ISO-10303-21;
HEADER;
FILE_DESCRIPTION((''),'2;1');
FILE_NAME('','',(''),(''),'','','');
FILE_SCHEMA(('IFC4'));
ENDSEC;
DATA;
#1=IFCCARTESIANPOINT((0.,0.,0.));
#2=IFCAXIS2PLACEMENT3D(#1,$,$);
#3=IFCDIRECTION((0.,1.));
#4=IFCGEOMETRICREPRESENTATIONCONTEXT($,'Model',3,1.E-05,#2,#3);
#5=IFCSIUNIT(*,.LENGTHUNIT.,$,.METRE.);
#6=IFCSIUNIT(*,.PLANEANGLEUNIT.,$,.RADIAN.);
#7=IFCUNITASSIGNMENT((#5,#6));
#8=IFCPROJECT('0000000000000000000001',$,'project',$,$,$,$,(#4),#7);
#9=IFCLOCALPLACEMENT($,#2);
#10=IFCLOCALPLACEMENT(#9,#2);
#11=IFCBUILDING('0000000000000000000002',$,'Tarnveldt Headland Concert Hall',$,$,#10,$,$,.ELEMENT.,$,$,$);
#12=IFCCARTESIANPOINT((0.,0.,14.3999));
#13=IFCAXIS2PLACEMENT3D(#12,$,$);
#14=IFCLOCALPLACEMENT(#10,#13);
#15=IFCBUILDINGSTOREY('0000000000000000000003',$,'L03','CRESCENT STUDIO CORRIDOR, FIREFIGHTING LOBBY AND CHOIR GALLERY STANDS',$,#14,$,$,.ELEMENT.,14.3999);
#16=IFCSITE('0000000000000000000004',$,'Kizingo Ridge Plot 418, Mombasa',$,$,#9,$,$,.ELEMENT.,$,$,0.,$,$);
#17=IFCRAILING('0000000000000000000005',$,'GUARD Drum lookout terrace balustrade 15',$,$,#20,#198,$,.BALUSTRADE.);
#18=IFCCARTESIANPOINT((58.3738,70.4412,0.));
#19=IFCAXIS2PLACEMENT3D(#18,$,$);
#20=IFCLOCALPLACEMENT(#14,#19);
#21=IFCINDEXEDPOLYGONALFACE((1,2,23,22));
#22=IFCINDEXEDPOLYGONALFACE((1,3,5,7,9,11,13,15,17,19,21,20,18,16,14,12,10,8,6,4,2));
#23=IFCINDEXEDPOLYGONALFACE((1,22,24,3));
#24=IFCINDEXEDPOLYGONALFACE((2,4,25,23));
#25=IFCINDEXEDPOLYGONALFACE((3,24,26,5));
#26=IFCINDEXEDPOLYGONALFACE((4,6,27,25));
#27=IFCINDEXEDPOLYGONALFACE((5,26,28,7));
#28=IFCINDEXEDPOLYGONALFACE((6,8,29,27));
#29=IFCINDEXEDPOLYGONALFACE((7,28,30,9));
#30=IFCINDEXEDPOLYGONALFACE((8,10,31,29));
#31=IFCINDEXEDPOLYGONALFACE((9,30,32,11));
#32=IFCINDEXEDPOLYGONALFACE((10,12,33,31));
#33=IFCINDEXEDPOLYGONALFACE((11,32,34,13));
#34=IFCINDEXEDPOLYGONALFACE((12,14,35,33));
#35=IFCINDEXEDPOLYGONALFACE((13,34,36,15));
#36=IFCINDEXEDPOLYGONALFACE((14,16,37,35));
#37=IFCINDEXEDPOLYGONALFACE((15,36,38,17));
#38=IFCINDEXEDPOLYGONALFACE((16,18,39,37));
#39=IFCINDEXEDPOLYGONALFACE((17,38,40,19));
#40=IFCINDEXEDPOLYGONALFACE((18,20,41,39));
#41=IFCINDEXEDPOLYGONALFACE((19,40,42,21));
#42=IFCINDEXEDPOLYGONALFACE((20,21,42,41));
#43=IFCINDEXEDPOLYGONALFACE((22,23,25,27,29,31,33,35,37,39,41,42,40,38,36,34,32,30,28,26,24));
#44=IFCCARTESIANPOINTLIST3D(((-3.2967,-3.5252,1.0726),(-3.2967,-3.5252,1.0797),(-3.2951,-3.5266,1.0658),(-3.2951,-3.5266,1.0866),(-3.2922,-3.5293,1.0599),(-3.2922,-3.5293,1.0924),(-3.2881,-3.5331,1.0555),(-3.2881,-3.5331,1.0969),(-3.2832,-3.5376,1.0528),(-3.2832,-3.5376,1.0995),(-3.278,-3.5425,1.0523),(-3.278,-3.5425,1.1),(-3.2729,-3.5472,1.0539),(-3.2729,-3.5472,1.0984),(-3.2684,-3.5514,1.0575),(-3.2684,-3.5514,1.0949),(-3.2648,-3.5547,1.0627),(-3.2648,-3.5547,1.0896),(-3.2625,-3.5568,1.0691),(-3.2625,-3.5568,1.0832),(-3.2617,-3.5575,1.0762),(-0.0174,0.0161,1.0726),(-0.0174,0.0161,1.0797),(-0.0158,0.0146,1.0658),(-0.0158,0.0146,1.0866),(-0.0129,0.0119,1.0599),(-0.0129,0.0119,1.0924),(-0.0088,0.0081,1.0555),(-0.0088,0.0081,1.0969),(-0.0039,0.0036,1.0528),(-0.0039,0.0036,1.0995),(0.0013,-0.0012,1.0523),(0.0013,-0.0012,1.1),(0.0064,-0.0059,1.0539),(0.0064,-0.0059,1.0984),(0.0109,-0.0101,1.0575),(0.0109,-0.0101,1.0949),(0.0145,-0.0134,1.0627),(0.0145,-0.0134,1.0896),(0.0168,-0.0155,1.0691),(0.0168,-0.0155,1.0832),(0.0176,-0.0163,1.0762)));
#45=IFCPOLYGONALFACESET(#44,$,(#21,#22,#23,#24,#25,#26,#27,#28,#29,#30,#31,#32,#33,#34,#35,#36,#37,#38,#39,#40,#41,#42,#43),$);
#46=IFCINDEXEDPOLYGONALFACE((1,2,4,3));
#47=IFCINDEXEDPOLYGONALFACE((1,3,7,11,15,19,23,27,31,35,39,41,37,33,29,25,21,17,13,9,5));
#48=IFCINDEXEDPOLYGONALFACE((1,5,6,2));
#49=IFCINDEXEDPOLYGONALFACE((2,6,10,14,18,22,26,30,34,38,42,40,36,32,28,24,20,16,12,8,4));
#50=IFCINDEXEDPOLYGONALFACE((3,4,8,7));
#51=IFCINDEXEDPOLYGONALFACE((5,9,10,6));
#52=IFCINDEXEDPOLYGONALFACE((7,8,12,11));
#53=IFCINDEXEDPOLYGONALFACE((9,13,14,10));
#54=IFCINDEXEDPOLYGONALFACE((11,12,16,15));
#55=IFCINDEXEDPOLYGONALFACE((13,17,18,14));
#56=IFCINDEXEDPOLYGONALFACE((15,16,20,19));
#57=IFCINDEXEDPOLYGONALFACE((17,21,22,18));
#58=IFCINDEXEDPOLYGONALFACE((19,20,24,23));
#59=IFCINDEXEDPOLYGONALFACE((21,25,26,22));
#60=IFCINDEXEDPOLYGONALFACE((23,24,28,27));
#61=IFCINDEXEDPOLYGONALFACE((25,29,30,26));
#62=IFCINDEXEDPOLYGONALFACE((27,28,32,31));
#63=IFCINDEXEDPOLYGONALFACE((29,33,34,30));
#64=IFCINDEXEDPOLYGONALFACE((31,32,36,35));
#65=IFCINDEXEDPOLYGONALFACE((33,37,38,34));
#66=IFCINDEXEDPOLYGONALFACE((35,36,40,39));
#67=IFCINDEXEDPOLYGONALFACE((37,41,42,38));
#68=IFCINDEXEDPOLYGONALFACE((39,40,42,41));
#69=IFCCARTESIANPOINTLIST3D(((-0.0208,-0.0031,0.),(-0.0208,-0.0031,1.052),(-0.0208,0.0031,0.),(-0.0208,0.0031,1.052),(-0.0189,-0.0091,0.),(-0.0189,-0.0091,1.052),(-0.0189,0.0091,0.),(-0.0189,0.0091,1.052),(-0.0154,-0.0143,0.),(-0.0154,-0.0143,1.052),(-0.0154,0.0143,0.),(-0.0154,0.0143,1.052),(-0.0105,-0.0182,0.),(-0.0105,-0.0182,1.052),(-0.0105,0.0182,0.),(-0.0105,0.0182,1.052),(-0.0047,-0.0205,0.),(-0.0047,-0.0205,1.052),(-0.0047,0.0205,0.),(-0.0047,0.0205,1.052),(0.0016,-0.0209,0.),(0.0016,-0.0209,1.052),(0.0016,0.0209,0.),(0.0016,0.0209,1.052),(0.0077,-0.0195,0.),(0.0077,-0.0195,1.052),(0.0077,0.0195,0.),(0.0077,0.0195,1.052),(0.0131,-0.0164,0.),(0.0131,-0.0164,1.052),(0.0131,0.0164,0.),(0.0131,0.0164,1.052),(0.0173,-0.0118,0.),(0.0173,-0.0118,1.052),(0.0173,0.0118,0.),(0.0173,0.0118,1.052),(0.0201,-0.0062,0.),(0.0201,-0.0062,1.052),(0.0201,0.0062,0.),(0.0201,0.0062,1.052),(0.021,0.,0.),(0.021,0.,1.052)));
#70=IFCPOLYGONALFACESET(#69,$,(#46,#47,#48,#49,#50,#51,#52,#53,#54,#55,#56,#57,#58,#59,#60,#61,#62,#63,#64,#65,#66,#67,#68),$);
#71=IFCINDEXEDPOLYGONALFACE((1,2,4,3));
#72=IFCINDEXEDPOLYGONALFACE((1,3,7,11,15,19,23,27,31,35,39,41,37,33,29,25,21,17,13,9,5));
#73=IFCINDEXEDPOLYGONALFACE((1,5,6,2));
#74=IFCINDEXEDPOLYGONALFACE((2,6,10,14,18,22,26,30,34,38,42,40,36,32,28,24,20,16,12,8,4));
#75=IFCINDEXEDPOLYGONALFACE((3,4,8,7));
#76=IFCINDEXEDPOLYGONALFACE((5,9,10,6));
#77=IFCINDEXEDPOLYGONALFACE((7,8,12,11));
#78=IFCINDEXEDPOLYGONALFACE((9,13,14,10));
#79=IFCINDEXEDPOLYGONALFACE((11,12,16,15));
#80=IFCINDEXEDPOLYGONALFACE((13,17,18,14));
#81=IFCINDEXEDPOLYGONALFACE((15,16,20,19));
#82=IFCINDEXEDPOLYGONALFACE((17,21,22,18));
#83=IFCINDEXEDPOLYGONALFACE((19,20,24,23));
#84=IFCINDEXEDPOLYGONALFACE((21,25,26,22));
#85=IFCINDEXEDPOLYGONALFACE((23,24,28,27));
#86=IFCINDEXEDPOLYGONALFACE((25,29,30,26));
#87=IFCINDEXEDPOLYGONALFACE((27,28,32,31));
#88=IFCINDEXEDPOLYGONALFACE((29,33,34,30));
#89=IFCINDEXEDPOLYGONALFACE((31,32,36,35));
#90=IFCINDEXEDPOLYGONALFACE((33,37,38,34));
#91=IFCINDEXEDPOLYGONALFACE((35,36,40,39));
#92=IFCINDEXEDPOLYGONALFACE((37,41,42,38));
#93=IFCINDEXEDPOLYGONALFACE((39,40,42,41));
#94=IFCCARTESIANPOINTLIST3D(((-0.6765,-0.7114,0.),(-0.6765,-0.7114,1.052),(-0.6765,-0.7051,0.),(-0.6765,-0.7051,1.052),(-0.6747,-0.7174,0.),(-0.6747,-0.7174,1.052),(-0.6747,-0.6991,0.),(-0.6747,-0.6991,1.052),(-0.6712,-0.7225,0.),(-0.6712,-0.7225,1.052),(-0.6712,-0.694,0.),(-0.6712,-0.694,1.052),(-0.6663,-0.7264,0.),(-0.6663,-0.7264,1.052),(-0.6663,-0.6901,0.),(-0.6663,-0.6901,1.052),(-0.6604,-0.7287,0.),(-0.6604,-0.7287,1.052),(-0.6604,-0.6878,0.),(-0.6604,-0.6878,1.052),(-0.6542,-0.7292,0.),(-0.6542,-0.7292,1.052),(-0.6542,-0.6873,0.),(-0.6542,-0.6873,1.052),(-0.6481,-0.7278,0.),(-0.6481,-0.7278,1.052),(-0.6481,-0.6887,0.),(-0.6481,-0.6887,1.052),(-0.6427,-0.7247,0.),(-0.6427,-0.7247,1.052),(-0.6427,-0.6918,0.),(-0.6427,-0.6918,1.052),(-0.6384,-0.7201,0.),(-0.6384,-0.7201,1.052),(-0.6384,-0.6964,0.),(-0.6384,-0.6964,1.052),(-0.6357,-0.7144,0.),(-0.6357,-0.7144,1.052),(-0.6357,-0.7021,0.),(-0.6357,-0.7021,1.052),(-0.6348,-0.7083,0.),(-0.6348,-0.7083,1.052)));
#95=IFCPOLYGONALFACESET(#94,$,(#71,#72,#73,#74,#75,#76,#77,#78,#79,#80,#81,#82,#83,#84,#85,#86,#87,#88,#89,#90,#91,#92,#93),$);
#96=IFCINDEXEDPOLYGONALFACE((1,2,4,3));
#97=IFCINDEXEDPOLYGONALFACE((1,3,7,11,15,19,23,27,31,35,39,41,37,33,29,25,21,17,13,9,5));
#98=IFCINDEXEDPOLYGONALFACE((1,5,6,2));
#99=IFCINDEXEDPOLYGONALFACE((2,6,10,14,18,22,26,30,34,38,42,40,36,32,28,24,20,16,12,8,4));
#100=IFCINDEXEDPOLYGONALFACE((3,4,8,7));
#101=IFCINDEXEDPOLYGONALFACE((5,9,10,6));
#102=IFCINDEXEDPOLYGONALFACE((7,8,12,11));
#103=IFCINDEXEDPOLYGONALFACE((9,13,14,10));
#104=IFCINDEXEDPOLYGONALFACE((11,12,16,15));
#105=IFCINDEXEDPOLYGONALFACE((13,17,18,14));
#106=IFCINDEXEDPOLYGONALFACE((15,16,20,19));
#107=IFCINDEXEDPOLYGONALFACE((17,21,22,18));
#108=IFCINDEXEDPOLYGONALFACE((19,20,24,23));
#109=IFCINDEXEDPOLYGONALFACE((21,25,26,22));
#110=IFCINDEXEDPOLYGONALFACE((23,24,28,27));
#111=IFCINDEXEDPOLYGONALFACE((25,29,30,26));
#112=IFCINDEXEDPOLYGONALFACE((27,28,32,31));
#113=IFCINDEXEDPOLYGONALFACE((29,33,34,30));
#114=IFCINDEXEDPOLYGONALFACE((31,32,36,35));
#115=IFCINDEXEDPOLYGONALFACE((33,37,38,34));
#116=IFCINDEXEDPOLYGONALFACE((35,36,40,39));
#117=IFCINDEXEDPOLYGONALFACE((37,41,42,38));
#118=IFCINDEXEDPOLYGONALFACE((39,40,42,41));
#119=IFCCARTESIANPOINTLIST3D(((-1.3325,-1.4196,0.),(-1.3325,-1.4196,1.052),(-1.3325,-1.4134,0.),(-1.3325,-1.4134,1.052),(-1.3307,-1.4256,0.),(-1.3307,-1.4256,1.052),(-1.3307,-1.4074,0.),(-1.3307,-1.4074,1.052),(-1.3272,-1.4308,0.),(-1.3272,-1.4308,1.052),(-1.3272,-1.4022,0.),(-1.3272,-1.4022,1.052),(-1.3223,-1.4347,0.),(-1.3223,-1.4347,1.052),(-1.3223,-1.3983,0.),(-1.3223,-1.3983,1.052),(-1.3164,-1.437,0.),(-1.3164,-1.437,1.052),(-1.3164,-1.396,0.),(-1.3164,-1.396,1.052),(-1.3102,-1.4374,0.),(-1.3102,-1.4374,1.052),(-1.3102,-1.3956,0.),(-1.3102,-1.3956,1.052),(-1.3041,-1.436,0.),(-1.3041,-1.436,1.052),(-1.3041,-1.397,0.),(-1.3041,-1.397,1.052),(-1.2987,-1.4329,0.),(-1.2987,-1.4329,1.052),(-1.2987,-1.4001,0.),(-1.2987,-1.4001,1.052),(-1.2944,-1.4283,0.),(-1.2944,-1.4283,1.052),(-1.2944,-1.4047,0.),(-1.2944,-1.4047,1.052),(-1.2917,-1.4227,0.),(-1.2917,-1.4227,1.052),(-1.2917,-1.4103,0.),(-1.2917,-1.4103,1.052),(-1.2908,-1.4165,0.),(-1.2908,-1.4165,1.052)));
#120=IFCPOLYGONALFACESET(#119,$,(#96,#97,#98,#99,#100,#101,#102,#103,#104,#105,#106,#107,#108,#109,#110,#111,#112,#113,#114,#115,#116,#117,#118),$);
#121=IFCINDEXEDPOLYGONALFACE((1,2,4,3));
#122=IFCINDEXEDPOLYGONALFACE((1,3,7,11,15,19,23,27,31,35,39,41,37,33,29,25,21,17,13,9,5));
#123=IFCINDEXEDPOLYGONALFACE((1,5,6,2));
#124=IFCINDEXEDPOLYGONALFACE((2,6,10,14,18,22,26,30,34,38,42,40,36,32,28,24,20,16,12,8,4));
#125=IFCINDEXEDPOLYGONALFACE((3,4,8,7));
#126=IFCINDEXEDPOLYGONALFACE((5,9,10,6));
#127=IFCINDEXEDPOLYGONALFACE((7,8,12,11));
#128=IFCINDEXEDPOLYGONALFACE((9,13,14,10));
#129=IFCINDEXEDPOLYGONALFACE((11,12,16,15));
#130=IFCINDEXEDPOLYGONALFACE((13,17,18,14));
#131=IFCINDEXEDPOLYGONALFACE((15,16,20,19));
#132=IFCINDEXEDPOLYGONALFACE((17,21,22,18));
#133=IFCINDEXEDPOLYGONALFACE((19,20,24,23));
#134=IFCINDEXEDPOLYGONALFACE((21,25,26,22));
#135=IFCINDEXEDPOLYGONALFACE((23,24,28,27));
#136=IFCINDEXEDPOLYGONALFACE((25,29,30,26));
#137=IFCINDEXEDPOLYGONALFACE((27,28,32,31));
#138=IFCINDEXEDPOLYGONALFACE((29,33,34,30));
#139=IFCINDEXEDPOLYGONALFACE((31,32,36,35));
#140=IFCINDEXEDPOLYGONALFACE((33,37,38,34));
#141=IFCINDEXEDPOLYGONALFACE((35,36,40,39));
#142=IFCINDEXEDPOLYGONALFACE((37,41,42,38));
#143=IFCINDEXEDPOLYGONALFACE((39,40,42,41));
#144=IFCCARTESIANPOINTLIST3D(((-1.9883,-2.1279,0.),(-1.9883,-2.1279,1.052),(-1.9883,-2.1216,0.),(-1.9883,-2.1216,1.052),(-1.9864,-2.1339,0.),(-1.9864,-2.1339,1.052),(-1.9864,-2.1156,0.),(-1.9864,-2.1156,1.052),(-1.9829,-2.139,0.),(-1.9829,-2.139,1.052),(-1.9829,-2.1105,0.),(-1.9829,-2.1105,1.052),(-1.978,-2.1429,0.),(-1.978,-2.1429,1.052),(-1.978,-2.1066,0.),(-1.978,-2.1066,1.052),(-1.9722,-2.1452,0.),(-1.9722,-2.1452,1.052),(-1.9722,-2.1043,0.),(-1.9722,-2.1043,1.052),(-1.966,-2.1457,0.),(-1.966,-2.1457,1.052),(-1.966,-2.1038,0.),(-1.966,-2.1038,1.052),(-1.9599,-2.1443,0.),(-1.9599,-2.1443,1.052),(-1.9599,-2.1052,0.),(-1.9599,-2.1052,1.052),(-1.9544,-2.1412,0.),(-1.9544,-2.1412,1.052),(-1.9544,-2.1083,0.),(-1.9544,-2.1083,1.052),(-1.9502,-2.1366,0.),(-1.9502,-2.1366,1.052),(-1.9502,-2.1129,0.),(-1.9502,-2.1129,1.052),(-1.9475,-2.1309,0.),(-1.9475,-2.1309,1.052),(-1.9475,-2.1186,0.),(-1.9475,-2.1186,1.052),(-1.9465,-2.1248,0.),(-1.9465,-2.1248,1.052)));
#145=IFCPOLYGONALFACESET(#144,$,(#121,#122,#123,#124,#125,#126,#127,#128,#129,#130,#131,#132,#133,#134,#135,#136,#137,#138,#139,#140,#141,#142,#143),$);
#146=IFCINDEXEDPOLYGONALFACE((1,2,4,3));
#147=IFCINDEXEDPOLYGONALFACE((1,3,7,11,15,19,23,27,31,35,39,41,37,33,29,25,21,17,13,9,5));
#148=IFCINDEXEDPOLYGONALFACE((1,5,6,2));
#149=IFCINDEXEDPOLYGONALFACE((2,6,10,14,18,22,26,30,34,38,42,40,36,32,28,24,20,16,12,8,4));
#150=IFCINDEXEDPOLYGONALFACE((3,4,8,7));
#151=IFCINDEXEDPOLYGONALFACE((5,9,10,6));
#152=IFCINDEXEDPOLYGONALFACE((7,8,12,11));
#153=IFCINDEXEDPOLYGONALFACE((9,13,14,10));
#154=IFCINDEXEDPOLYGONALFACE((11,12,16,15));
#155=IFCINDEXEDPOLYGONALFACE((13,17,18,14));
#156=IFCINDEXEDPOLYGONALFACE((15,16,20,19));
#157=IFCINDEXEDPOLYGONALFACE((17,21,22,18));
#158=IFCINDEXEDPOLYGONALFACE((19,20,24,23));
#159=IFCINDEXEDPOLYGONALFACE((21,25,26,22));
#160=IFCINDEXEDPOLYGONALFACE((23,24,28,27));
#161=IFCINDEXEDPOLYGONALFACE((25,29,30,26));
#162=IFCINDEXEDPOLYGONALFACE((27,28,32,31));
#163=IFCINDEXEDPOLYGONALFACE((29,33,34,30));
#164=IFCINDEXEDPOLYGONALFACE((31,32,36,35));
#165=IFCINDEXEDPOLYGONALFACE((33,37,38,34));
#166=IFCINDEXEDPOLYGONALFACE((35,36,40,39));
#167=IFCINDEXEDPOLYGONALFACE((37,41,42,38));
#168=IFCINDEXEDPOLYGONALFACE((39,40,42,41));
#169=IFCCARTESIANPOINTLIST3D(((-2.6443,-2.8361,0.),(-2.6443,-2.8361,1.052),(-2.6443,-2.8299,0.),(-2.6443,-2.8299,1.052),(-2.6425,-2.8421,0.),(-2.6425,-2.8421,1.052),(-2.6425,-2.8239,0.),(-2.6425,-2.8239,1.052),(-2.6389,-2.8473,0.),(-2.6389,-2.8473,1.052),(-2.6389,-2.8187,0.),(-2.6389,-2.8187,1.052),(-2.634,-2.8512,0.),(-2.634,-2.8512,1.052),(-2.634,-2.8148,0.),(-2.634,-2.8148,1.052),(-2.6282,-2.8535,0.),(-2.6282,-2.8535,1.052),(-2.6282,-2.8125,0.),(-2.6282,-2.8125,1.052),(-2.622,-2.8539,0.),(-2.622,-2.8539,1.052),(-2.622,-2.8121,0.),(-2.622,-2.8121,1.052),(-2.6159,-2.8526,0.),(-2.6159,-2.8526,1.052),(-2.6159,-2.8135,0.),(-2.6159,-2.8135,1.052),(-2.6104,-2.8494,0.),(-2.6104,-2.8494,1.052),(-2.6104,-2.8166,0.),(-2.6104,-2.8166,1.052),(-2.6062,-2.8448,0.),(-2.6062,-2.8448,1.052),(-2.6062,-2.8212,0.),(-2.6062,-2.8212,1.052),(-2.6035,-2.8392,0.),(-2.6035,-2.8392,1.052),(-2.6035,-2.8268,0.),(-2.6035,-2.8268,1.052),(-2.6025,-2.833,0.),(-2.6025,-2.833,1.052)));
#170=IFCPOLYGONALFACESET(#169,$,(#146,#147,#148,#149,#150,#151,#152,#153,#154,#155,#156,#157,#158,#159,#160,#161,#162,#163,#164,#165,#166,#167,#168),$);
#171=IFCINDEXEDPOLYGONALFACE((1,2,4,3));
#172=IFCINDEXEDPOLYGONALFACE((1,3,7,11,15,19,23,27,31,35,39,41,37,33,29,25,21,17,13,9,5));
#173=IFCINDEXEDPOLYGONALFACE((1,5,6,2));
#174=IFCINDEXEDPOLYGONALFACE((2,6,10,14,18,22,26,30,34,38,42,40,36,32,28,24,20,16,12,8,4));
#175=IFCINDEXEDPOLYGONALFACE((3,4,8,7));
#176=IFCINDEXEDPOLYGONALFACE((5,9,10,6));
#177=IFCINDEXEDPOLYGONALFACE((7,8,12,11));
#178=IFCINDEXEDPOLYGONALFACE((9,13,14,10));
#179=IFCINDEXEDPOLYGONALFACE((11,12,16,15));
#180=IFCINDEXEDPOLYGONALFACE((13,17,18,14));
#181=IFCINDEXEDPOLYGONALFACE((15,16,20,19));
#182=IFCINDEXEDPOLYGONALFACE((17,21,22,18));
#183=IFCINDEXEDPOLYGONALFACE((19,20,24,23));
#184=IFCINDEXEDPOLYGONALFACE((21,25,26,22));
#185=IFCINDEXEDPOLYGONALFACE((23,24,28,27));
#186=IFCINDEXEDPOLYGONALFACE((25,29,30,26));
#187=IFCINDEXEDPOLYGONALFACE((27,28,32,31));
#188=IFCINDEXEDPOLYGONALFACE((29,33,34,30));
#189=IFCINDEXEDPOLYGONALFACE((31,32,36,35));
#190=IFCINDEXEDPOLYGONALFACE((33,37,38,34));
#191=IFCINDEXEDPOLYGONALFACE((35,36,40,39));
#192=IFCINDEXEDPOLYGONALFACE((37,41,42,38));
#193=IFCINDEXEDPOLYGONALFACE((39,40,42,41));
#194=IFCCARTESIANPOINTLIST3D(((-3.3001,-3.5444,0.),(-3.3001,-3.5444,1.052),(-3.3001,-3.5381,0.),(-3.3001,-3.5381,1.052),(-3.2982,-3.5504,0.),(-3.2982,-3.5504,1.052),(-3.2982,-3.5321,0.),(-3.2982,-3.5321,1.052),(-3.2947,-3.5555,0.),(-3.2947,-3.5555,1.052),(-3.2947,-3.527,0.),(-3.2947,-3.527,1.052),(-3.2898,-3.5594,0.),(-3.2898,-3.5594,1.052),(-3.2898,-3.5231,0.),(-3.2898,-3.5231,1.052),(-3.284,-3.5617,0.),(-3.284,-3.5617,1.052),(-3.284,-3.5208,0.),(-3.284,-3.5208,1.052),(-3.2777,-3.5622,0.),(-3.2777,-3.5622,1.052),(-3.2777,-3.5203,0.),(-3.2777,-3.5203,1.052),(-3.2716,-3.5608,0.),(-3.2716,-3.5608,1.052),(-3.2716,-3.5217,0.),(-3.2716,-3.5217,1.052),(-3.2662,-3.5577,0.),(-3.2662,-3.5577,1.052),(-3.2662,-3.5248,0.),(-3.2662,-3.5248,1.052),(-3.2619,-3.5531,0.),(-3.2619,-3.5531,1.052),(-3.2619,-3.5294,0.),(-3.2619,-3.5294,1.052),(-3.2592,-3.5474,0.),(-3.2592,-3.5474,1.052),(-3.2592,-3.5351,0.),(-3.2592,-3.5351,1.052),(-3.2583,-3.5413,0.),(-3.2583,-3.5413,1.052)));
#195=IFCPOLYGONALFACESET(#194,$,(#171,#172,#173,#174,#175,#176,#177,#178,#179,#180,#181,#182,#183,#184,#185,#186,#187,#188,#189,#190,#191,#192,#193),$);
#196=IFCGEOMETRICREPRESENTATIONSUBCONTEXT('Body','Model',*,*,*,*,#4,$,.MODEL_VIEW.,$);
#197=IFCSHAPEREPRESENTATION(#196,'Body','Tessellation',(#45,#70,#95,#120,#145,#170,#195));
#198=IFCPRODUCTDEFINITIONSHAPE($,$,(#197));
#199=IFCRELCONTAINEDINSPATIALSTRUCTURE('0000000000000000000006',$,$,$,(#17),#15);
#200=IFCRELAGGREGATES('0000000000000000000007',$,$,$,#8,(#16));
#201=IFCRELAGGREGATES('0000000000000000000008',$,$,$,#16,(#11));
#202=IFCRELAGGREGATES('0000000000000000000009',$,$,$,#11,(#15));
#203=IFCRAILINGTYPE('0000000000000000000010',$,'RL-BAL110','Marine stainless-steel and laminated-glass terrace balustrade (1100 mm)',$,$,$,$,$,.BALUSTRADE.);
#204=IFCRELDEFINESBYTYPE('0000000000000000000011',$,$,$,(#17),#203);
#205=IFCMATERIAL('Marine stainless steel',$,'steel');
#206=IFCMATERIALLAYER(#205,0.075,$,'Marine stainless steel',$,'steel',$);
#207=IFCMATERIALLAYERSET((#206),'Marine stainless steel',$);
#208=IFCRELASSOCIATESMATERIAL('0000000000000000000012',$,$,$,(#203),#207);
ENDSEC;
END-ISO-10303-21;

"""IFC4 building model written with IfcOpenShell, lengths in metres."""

from ifc_helpers import new_model, si_unit, direction, frame, origin, origin_2d, place, context, subcontext, project, spatial, circle, extrude, material, layer, layer_set, type_object, element, save


model = new_model("IFC4")

# Units and contexts
model_context = context("Model", 3, precision=1e-05, world=origin(), true_north=direction((0.0, 1.0)))
body_context = subcontext(model_context, "Body", "Model", "MODEL_VIEW")
ifc_project = project(units=[si_unit("LENGTHUNIT", "METRE"), si_unit("PLANEANGLEUNIT", "RADIAN")], contexts=[model_context])

# Site, building, storey
site_placement = place(None, origin())
site = spatial("IfcSite", under=ifc_project, at=site_placement, Name="Kizingo Ridge Plot 418, Mombasa", CompositionType="ELEMENT", RefElevation=0.0)
building_placement = place(site_placement, origin())
building = spatial("IfcBuilding", under=site, at=building_placement, Name="Tarnveldt Headland Concert Hall", CompositionType="ELEMENT")
storey_placement = place(building_placement, frame((0.0, 0.0, 14.3999)))
storey = spatial("IfcBuildingStorey", under=building, at=storey_placement, Name="L03", Description="CRESCENT STUDIO CORRIDOR, FIREFIGHTING LOBBY AND CHOIR GALLERY STANDS", CompositionType="ELEMENT", Elevation=14.3999)

# Railing
ifc_material_1 = material(Name="Marine stainless steel", Category="steel")
ifc_layer_1 = layer(ifc_material_1, 0.075, Name="Marine stainless steel", Category="steel")
ifc_layer_set_1 = layer_set([ifc_layer_1], Name="Marine stainless steel")
railing_type = type_object("IfcRailingType", Name="RL-BAL110", Description="Marine stainless-steel and laminated-glass terrace balustrade (1100 mm)", PredefinedType="BALUSTRADE", material=ifc_layer_set_1)
railing_1_placement = place(storey_placement, frame((58.3738, 70.4412, 0.0)))
element("IfcRailing", 1, at=railing_1_placement, inside=storey, type_object=railing_type, Name="GUARD Drum lookout terrace balustrade 15", PredefinedType="BALUSTRADE", context=body_context, shape_type="SweptSolid", body=[
    extrude(circle(Radius=0.0239, at=origin_2d()), frame((0.0, 0.0, 1.0762), z_axis=(-0.679447, -0.733724, 0.0), x_axis=(0.733724, -0.679447, 0.0)), (0.0, 0.0, 1.0), 4.8264),
    extrude(circle(Radius=0.021, at=origin_2d()), origin(), (0.0, 0.0, 1.0), 1.052),
    extrude(circle(Radius=0.021, at=origin_2d()), frame((-0.6558, -0.7083, 0.0)), (0.0, 0.0, 1.0), 1.052),
    extrude(circle(Radius=0.021, at=origin_2d()), frame((-1.3118, -1.4165, 0.0)), (0.0, 0.0, 1.0), 1.052),
    extrude(circle(Radius=0.021, at=origin_2d()), frame((-1.9675, -2.1248, 0.0)), (0.0, 0.0, 1.0), 1.052),
    extrude(circle(Radius=0.021, at=origin_2d()), frame((-2.6235, -2.833, 0.0)), (0.0, 0.0, 1.0), 1.052),
    extrude(circle(Radius=0.021, at=origin_2d()), frame((-3.2793, -3.5413, 0.0)), (0.0, 0.0, 1.0), 1.052),
])

save(model, "model.ifc")
